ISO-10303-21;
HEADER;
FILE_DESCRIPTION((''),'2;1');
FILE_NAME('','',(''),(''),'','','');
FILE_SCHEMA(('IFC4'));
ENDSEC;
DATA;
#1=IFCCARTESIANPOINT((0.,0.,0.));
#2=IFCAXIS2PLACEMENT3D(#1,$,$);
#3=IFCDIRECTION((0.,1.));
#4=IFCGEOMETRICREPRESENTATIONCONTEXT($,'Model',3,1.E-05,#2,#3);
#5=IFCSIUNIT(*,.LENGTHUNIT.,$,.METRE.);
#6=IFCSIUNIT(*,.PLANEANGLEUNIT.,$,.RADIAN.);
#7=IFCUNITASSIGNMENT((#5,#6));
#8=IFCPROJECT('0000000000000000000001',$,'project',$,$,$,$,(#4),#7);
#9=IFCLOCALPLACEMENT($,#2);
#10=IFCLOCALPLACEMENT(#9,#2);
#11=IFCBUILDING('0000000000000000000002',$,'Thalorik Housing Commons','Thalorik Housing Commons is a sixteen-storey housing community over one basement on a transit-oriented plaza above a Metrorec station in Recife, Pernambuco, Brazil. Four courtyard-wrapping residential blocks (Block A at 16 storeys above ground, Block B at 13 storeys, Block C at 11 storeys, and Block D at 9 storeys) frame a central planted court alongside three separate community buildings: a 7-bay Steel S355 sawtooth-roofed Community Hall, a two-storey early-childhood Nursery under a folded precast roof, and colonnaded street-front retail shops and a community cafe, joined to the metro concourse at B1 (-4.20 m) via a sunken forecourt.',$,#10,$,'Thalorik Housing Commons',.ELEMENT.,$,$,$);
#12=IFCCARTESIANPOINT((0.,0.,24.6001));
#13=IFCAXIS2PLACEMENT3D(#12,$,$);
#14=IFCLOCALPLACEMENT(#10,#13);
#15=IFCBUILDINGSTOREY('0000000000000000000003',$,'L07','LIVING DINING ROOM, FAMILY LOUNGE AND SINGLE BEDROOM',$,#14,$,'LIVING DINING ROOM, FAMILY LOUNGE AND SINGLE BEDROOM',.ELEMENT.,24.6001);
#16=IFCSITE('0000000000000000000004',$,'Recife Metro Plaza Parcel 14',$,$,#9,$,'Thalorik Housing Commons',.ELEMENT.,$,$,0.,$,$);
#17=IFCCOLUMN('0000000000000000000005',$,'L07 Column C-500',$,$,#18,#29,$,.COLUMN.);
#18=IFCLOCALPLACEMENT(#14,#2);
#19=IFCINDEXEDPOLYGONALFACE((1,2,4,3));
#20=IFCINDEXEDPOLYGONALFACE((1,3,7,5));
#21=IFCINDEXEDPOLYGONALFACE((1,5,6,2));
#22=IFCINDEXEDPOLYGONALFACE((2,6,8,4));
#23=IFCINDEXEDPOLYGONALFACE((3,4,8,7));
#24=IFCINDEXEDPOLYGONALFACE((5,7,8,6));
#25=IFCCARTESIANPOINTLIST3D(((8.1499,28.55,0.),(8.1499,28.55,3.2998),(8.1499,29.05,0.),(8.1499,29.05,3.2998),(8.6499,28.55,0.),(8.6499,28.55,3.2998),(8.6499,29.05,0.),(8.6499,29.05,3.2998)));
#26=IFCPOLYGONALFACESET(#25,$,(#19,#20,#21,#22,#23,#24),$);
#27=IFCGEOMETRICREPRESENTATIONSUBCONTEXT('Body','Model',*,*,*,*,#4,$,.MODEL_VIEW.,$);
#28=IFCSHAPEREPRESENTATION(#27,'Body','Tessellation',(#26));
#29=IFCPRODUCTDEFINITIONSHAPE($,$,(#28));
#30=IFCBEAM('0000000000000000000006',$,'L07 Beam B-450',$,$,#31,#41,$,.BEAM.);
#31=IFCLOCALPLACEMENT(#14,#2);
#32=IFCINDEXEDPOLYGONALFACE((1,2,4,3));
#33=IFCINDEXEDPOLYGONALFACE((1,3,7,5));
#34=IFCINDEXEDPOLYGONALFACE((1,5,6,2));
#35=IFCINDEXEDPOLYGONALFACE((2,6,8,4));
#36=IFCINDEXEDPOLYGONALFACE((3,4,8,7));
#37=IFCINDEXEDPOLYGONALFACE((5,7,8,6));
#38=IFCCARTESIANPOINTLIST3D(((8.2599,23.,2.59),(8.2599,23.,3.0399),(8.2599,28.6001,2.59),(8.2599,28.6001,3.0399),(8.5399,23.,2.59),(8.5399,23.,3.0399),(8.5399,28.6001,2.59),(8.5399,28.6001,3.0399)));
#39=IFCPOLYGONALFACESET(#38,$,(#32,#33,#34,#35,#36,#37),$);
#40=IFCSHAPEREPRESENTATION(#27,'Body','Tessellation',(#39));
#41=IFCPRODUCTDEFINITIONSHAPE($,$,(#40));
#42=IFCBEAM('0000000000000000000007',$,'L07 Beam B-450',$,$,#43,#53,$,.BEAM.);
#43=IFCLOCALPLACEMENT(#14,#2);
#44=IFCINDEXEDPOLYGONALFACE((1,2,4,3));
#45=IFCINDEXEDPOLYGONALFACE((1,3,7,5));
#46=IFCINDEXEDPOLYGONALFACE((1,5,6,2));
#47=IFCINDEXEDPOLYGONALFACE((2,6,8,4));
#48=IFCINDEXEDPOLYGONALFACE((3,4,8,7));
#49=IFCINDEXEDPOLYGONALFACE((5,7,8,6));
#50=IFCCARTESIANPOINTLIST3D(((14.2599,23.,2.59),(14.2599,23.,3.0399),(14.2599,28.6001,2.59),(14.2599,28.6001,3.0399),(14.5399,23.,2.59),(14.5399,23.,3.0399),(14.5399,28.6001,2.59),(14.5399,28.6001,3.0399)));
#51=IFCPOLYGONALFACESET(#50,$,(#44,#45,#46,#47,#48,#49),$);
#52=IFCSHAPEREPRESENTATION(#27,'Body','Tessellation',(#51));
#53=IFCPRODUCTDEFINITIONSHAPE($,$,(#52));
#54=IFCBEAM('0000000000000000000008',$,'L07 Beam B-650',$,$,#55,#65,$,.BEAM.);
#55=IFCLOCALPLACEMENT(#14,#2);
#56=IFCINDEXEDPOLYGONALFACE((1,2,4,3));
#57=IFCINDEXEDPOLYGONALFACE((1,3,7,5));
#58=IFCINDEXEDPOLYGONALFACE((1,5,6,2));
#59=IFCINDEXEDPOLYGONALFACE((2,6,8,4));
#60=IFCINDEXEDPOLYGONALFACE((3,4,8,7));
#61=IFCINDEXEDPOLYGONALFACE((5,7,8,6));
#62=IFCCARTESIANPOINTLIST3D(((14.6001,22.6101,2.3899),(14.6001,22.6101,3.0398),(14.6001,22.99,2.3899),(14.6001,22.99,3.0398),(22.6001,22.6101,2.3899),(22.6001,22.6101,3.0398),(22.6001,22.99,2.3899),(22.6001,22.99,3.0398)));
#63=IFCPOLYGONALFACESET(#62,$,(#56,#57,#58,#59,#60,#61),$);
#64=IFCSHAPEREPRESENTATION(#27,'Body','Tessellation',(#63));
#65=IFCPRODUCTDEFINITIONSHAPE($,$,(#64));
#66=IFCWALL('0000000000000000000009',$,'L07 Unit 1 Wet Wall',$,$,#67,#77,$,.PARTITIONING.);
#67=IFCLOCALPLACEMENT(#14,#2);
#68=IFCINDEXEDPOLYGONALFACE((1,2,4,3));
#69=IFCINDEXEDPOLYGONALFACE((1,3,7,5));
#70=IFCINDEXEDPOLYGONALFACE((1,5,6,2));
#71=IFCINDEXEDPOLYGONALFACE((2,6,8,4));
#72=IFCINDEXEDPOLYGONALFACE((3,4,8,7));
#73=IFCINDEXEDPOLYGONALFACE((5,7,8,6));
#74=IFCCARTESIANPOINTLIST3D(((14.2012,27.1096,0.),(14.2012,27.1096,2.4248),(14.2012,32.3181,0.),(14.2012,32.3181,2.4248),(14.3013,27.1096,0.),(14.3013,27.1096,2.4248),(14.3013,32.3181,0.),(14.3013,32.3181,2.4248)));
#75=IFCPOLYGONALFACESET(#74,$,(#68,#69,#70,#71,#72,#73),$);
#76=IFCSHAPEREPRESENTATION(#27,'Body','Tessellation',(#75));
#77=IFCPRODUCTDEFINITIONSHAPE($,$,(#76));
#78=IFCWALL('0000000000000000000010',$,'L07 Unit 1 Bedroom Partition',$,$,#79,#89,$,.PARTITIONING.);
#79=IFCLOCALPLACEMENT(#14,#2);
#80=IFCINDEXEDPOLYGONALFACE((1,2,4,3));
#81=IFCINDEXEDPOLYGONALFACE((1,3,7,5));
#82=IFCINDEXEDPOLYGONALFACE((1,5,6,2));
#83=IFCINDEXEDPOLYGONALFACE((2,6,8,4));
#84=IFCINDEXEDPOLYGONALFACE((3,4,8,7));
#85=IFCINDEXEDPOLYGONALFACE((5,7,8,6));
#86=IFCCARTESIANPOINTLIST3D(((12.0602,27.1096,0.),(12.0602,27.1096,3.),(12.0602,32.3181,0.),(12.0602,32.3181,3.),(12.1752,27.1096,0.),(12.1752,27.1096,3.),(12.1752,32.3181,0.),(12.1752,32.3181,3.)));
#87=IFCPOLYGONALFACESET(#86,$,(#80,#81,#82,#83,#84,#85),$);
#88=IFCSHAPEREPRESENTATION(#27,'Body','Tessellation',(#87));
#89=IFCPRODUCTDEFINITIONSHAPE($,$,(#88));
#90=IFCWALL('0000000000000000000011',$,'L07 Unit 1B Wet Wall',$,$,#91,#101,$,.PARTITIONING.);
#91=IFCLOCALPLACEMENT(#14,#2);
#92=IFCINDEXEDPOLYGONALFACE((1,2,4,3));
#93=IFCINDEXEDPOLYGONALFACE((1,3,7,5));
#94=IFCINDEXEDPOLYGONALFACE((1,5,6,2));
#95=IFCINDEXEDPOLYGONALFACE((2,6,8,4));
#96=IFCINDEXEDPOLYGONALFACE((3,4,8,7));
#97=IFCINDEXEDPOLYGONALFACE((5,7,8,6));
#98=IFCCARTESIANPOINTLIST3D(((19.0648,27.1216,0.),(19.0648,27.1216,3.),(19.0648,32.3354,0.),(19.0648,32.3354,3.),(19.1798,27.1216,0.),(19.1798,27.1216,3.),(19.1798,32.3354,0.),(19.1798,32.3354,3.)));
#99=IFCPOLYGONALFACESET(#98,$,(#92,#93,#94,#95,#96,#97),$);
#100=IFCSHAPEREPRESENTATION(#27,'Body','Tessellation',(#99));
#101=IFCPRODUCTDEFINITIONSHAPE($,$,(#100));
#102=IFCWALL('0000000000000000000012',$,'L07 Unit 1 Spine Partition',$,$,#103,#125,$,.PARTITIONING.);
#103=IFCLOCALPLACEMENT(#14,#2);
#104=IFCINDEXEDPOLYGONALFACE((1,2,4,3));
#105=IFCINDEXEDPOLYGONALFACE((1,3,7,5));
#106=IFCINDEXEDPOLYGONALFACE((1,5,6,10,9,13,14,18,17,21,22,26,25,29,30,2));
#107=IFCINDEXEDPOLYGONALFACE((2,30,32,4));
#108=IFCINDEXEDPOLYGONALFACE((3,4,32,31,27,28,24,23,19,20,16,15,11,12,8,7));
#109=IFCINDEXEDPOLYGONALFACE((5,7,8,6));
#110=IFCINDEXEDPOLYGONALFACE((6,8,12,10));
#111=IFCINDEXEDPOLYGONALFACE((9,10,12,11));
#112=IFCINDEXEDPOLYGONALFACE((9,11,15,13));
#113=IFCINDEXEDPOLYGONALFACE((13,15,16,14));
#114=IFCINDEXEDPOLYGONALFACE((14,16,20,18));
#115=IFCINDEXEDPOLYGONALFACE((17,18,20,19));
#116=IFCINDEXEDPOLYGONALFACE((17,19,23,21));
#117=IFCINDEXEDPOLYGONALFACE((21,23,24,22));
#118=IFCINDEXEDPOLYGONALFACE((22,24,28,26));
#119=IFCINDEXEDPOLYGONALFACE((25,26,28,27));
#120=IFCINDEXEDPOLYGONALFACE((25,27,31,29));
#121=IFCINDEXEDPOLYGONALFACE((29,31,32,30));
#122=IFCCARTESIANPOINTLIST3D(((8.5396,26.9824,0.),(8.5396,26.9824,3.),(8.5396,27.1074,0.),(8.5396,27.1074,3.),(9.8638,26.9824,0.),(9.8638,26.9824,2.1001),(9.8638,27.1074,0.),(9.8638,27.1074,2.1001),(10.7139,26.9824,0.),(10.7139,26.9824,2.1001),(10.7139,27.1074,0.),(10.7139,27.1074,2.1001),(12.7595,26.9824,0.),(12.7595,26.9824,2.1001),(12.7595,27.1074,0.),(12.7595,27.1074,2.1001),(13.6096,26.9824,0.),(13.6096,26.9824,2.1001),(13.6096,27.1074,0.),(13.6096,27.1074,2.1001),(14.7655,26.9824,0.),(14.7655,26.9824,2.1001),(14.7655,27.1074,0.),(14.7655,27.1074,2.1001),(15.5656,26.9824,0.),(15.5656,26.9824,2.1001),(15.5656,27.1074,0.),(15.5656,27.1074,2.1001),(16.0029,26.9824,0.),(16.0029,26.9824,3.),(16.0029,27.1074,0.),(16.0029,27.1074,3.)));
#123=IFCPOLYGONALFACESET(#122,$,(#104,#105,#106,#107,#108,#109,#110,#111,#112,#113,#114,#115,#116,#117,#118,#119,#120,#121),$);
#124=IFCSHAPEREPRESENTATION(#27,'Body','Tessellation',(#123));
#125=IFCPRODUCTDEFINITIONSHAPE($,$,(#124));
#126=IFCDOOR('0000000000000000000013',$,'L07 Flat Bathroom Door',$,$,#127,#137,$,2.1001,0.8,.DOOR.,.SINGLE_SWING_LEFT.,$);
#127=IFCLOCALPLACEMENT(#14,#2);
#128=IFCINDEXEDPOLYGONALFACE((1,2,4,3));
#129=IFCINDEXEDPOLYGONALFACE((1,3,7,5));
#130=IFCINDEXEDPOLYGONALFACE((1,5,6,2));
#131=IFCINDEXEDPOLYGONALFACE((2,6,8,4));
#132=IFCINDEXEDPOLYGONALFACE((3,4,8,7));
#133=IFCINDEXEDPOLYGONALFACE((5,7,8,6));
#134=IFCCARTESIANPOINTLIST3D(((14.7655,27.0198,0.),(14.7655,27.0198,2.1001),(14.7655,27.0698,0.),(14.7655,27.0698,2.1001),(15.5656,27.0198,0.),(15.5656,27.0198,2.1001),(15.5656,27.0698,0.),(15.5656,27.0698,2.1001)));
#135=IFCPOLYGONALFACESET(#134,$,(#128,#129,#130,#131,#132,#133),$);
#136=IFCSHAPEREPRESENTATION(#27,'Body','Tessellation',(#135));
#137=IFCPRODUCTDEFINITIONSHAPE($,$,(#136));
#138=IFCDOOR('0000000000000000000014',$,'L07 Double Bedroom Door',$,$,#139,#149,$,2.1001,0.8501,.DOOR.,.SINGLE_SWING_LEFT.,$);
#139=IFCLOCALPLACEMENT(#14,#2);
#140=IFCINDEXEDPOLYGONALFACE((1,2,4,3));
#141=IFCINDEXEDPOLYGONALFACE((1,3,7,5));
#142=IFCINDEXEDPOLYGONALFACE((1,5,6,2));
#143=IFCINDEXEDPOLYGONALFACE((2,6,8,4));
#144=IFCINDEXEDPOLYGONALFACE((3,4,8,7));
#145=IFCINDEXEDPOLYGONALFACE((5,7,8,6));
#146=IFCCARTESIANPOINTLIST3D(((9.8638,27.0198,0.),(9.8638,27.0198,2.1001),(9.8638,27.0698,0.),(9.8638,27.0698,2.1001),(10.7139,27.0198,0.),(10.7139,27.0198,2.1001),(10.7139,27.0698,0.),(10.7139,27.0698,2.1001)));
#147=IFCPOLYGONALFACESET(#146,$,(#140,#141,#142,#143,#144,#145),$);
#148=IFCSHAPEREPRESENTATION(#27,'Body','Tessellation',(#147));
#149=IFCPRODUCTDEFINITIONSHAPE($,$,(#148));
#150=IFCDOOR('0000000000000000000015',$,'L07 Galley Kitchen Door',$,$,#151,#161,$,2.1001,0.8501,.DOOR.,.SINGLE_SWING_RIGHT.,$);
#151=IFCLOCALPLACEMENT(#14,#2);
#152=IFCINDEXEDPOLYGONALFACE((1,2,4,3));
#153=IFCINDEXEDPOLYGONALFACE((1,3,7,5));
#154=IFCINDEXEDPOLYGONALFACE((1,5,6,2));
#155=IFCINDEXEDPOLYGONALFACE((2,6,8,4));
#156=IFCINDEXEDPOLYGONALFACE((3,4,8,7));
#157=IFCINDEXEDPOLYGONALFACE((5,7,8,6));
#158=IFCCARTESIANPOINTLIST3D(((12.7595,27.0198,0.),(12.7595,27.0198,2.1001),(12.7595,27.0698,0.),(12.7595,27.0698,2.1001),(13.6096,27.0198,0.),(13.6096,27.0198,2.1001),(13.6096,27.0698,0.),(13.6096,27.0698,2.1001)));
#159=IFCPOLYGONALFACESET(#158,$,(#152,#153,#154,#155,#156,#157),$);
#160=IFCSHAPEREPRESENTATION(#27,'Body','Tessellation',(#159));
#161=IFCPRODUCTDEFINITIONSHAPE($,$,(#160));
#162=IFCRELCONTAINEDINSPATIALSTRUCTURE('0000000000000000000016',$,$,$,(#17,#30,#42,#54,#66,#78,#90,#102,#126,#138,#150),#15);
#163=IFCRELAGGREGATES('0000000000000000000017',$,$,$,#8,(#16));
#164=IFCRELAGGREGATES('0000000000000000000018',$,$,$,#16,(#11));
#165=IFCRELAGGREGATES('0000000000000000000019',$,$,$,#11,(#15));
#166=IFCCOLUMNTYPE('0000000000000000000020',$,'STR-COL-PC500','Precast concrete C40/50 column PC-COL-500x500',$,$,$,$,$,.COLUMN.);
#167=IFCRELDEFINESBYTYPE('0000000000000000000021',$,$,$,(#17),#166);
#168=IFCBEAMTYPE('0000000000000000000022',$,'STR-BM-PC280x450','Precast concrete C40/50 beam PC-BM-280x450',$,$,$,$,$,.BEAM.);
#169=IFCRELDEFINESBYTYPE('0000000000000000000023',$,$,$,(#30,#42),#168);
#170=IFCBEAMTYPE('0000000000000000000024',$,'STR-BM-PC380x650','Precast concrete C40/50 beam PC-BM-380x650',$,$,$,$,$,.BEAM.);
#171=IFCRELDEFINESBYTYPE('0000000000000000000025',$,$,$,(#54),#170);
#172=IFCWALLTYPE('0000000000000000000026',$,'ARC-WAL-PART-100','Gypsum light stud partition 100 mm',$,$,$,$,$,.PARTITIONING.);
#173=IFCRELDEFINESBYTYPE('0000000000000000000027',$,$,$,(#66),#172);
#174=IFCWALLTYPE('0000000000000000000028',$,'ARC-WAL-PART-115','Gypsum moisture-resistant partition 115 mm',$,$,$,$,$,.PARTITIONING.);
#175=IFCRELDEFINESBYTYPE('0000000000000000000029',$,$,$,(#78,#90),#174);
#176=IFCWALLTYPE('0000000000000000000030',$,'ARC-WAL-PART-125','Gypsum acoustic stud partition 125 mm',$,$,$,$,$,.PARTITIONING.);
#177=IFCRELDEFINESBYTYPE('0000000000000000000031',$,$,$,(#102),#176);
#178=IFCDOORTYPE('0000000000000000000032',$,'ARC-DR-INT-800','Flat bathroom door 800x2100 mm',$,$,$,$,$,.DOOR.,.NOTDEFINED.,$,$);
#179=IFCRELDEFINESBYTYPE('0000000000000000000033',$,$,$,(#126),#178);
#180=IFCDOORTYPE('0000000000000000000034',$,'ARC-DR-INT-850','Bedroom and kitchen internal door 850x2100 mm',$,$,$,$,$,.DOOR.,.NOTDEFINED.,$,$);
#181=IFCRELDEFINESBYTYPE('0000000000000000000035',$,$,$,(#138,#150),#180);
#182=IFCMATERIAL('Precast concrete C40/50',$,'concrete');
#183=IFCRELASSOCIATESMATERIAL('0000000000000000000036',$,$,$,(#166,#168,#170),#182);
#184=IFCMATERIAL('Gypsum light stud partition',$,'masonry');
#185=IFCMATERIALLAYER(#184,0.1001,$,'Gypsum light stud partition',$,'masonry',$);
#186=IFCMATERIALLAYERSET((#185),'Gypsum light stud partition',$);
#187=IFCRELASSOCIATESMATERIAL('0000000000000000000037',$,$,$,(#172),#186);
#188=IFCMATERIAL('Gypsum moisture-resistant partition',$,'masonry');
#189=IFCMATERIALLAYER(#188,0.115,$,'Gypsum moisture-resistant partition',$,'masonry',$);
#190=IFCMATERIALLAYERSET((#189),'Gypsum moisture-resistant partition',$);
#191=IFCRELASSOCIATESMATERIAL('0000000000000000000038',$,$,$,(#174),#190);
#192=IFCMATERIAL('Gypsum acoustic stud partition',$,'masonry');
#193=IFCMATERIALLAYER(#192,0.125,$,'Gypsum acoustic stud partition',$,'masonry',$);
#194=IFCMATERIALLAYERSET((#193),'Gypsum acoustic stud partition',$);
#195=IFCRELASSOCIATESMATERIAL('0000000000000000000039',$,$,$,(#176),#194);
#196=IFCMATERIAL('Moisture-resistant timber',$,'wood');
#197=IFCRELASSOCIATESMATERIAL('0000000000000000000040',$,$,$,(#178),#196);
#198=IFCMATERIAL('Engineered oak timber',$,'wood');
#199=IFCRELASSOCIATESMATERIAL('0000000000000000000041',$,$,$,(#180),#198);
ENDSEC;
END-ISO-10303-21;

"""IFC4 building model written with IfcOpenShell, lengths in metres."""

from ifc_helpers import new_model, si_unit, direction, frame, frame_2d, origin, origin_2d, place, context, subcontext, project, spatial, rectangle, extrude, material, layer, layer_set, material_profile, profile_set, type_object, element, fill, save


model = new_model("IFC4")

# Units and contexts
model_context = context("Model", 3, precision=1e-05, world=origin(), true_north=direction((0.0, 1.0)))
body_context = subcontext(model_context, "Body", "Model", "MODEL_VIEW")
ifc_project = project(units=[si_unit("LENGTHUNIT", "METRE"), si_unit("PLANEANGLEUNIT", "RADIAN")], contexts=[model_context])

# Site, building, storey
site_placement = place(None, origin())
site = spatial("IfcSite", under=ifc_project, at=site_placement, Name="Recife Metro Plaza Parcel 14", LongName="Thalorik Housing Commons", CompositionType="ELEMENT", RefElevation=0.0)
building_placement = place(site_placement, origin())
building = spatial("IfcBuilding", under=site, at=building_placement, Name="Thalorik Housing Commons", Description="Thalorik Housing Commons is a sixteen-storey housing community over one basement on a transit-oriented plaza above a Metrorec station in Recife, Pernambuco, Brazil. Four courtyard-wrapping residential blocks (Block A at 16 storeys above ground, Block B at 13 storeys, Block C at 11 storeys, and Block D at 9 storeys) frame a central planted court alongside three separate community buildings: a 7-bay Steel S355 sawtooth-roofed Community Hall, a two-storey early-childhood Nursery under a folded precast roof, and colonnaded street-front retail shops and a community cafe, joined to the metro concourse at B1 (-4.20 m) via a sunken forecourt.", LongName="Thalorik Housing Commons", CompositionType="ELEMENT")
storey_placement = place(building_placement, frame((0.0, 0.0, 24.6001)))
storey = spatial("IfcBuildingStorey", under=building, at=storey_placement, Name="L07", Description="LIVING DINING ROOM, FAMILY LOUNGE AND SINGLE BEDROOM", LongName="LIVING DINING ROOM, FAMILY LOUNGE AND SINGLE BEDROOM", CompositionType="ELEMENT", Elevation=24.6001)

# Column
ifc_material_1 = material(Name="Precast concrete C40/50", Category="concrete")
ifc_material_profile_1 = material_profile(ifc_material_1, rectangle(XDim=0.5, YDim=0.5, at=origin_2d()), Name="PC 500x500", Category="concrete")
ifc_profile_set_1 = profile_set([ifc_material_profile_1], Name="Precast concrete C40/50")
column_type = type_object("IfcColumnType", Name="STR-COL-PC500", Description="Precast concrete C40/50 column PC-COL-500x500", PredefinedType="COLUMN", material=ifc_profile_set_1)
column_placement = place(storey_placement, frame((8.3999, 28.8, 0.0), z_axis=(0.0, 0.0, 1.0), x_axis=(1.0, 0.0, 0.0)))
element("IfcColumn", 1, at=column_placement, inside=storey, type_object=column_type, Name="L07 Column C-500", PredefinedType="COLUMN", context=body_context, shape_type="SweptSolid", body=[
    extrude(rectangle(XDim=0.5, YDim=0.5, at=origin_2d()), origin(), (0.0, 0.0, 1.0), 3.2998),
])

# Beams
ifc_material_profile_2 = material_profile(ifc_material_1, rectangle(XDim=0.28, YDim=0.45, at=origin_2d()), Name="PC 280x450", Category="concrete")
ifc_profile_set_2 = profile_set([ifc_material_profile_2], Name="Precast concrete C40/50")
beam_type_1 = type_object("IfcBeamType", Name="STR-BM-PC280x450", Description="Precast concrete C40/50 beam PC-BM-280x450", PredefinedType="BEAM", material=ifc_profile_set_2)
for number, where, z_axis, x_axis, name in (
    (2, (8.3999, 23.0, 2.8149), (0.0, 1.0, 0.0), (-1.0, 0.0, 0.0), "L07 Beam B-450"),
    (3, (14.3999, 23.0, 2.8149), (0.0, 1.0, 0.0), (-1.0, 0.0, 0.0), "L07 Beam B-450"),
):
    element("IfcBeam", number, at=place(storey_placement, frame(where, z_axis=z_axis, x_axis=x_axis)), inside=storey, type_object=beam_type_1, Name=name, PredefinedType="BEAM", context=body_context, shape_type="SweptSolid", body=[
        extrude(rectangle(XDim=0.28, YDim=0.45, at=origin_2d()), origin(), (0.0, 0.0, 1.0), 5.6001),
    ])
ifc_material_profile_3 = material_profile(ifc_material_1, rectangle(XDim=0.3799, YDim=0.6499, at=origin_2d()), Name="PC 380x650", Category="concrete")
ifc_profile_set_3 = profile_set([ifc_material_profile_3], Name="Precast concrete C40/50")
beam_type_2 = type_object("IfcBeamType", Name="STR-BM-PC380x650", Description="Precast concrete C40/50 beam PC-BM-380x650", PredefinedType="BEAM", material=ifc_profile_set_3)
beam_placement = place(storey_placement, frame((14.6001, 22.8, 2.7148), z_axis=(1.0, 0.0, 0.0), x_axis=(0.0, 1.0, 0.0)))
element("IfcBeam", 4, at=beam_placement, inside=storey, type_object=beam_type_2, Name="L07 Beam B-650", PredefinedType="BEAM", context=body_context, shape_type="SweptSolid", body=[
    extrude(rectangle(XDim=0.3799, YDim=0.6499, at=origin_2d()), origin(), (0.0, 0.0, 1.0), 8.0),
])

# Walls
ifc_material_2 = material(Name="Gypsum light stud partition", Category="masonry")
ifc_layer_1 = layer(ifc_material_2, 0.1001, Name="Gypsum light stud partition", Category="masonry")
ifc_layer_set_1 = layer_set([ifc_layer_1], Name="Gypsum light stud partition")
wall_type_1 = type_object("IfcWallType", Name="ARC-WAL-PART-100", Description="Gypsum light stud partition 100 mm", PredefinedType="PARTITIONING", material=ifc_layer_set_1)
wall_1_placement = place(storey_placement, frame((14.2512, 27.1096, 0.0), z_axis=(0.0, 0.0, 1.0), x_axis=(0.0, 1.0, 0.0)))
element("IfcWall", 5, at=wall_1_placement, inside=storey, type_object=wall_type_1, Name="L07 Unit 1 Wet Wall", PredefinedType="PARTITIONING", context=body_context, shape_type="SweptSolid", body=[
    extrude(rectangle(XDim=5.2085, YDim=0.1001, at=frame_2d((2.6042, 0.0))), origin(), (0.0, 0.0, 1.0), 2.4248),
])
ifc_material_3 = material(Name="Gypsum moisture-resistant partition", Category="masonry")
ifc_layer_2 = layer(ifc_material_3, 0.115, Name="Gypsum moisture-resistant partition", Category="masonry")
ifc_layer_set_2 = layer_set([ifc_layer_2], Name="Gypsum moisture-resistant partition")
wall_type_2 = type_object("IfcWallType", Name="ARC-WAL-PART-115", Description="Gypsum moisture-resistant partition 115 mm", PredefinedType="PARTITIONING", material=ifc_layer_set_2)
wall_2_placement = place(storey_placement, frame((12.1177, 27.1096, 0.0), z_axis=(0.0, 0.0, 1.0), x_axis=(0.0, 1.0, 0.0)))
element("IfcWall", 6, at=wall_2_placement, inside=storey, type_object=wall_type_2, Name="L07 Unit 1 Bedroom Partition", PredefinedType="PARTITIONING", context=body_context, shape_type="SweptSolid", body=[
    extrude(rectangle(XDim=5.2085, YDim=0.115, at=frame_2d((2.6042, 0.0))), origin(), (0.0, 0.0, 1.0), 3.0),
])
wall_3_placement = place(storey_placement, frame((19.1223, 27.1216, 0.0), z_axis=(0.0, 0.0, 1.0), x_axis=(0.0, 1.0, 0.0)))
element("IfcWall", 7, at=wall_3_placement, inside=storey, type_object=wall_type_2, Name="L07 Unit 1B Wet Wall", PredefinedType="PARTITIONING", context=body_context, shape_type="SweptSolid", body=[
    extrude(rectangle(XDim=5.2139, YDim=0.115, at=frame_2d((2.6069, 0.0))), origin(), (0.0, 0.0, 1.0), 3.0),
])

# Wall, openings, doors
ifc_material_4 = material(Name="Gypsum acoustic stud partition", Category="masonry")
ifc_layer_3 = layer(ifc_material_4, 0.125, Name="Gypsum acoustic stud partition", Category="masonry")
ifc_layer_set_3 = layer_set([ifc_layer_3], Name="Gypsum acoustic stud partition")
wall_type_3 = type_object("IfcWallType", Name="ARC-WAL-PART-125", Description="Gypsum acoustic stud partition 125 mm", PredefinedType="PARTITIONING", material=ifc_layer_set_3)
wall_4_placement = place(storey_placement, frame((8.5396, 27.0449, 0.0), z_axis=(0.0, 0.0, 1.0), x_axis=(1.0, 0.0, 0.0)))
wall_4 = element("IfcWall", 8, at=wall_4_placement, inside=storey, type_object=wall_type_3, Name="L07 Unit 1 Spine Partition", PredefinedType="PARTITIONING", context=body_context, shape_type="SweptSolid", body=[
    extrude(rectangle(XDim=7.4634, YDim=0.125, at=frame_2d((3.7317, 0.0))), origin(), (0.0, 0.0, 1.0), 3.0),
])
opening_1_placement = place(wall_4_placement, frame((1.3242, 0.0, 0.0)))
opening_1 = element("IfcOpeningElement", 9, at=opening_1_placement, cuts=wall_4, PredefinedType="OPENING", context=body_context, shape_type="SweptSolid", body=[
    extrude(rectangle(XDim=0.8501, YDim=2.1001, at=frame_2d((0.425, 1.05))), frame((0.0, 0.0725, 0.0), z_axis=(0.0, -1.0, 0.0), x_axis=(1.0, 0.0, 0.0)), (0.0, 0.0, 1.0), 0.145),
])
opening_2_placement = place(wall_4_placement, frame((4.22, 0.0, 0.0)))
opening_2 = element("IfcOpeningElement", 10, at=opening_2_placement, cuts=wall_4, PredefinedType="OPENING", context=body_context, shape_type="SweptSolid", body=[
    extrude(rectangle(XDim=0.8501, YDim=2.1001, at=frame_2d((0.425, 1.05))), frame((0.0, 0.0725, 0.0), z_axis=(0.0, -1.0, 0.0), x_axis=(1.0, 0.0, 0.0)), (0.0, 0.0, 1.0), 0.145),
])
opening_3_placement = place(wall_4_placement, frame((6.2261, 0.0, 0.0)))
opening_3 = element("IfcOpeningElement", 11, at=opening_3_placement, cuts=wall_4, PredefinedType="OPENING", context=body_context, shape_type="SweptSolid", body=[
    extrude(rectangle(XDim=0.8, YDim=2.1001, at=frame_2d((0.3999, 1.05))), frame((0.0, 0.0725, 0.0), z_axis=(0.0, -1.0, 0.0), x_axis=(1.0, 0.0, 0.0)), (0.0, 0.0, 1.0), 0.145),
])
ifc_material_5 = material(Name="Moisture-resistant timber", Category="wood")
door_type_1 = type_object("IfcDoorType", Name="ARC-DR-INT-800", Description="Flat bathroom door 800x2100 mm", OperationType="NOTDEFINED", PredefinedType="DOOR", material=ifc_material_5)
door_1_placement = place(opening_3_placement, origin())
door_1 = element("IfcDoor", 12, at=door_1_placement, inside=storey, type_object=door_type_1, Name="L07 Flat Bathroom Door", OperationType="SINGLE_SWING_LEFT", OverallHeight=2.1001, OverallWidth=0.8, PredefinedType="DOOR", context=body_context, shape_type="SweptSolid", body=[
    extrude(rectangle(XDim=0.8, YDim=2.1001, at=frame_2d((0.3999, 1.05))), frame((0.0, 0.0249, 0.0), z_axis=(0.0, -1.0, 0.0), x_axis=(1.0, 0.0, 0.0)), (0.0, 0.0, 1.0), 0.05),
])
fill(opening_3, door_1)
ifc_material_6 = material(Name="Engineered oak timber", Category="wood")
door_type_2 = type_object("IfcDoorType", Name="ARC-DR-INT-850", Description="Bedroom and kitchen internal door 850x2100 mm", OperationType="NOTDEFINED", PredefinedType="DOOR", material=ifc_material_6)
door_2_placement = place(opening_1_placement, origin())
door_2 = element("IfcDoor", 13, at=door_2_placement, inside=storey, type_object=door_type_2, Name="L07 Double Bedroom Door", OperationType="SINGLE_SWING_LEFT", OverallHeight=2.1001, OverallWidth=0.8501, PredefinedType="DOOR", context=body_context, shape_type="SweptSolid", body=[
    extrude(rectangle(XDim=0.8501, YDim=2.1001, at=frame_2d((0.425, 1.05))), frame((0.0, 0.0249, 0.0), z_axis=(0.0, -1.0, 0.0), x_axis=(1.0, 0.0, 0.0)), (0.0, 0.0, 1.0), 0.05),
])
fill(opening_1, door_2)
door_3_placement = place(opening_2_placement, origin())
door_3 = element("IfcDoor", 14, at=door_3_placement, inside=storey, type_object=door_type_2, Name="L07 Galley Kitchen Door", OperationType="SINGLE_SWING_RIGHT", OverallHeight=2.1001, OverallWidth=0.8501, PredefinedType="DOOR", context=body_context, shape_type="SweptSolid", body=[
    extrude(rectangle(XDim=0.8501, YDim=2.1001, at=frame_2d((0.425, 1.05))), frame((0.0, 0.0249, 0.0), z_axis=(0.0, -1.0, 0.0), x_axis=(1.0, 0.0, 0.0)), (0.0, 0.0, 1.0), 0.05),
])
fill(opening_2, door_3)

save(model, "model.ifc")
